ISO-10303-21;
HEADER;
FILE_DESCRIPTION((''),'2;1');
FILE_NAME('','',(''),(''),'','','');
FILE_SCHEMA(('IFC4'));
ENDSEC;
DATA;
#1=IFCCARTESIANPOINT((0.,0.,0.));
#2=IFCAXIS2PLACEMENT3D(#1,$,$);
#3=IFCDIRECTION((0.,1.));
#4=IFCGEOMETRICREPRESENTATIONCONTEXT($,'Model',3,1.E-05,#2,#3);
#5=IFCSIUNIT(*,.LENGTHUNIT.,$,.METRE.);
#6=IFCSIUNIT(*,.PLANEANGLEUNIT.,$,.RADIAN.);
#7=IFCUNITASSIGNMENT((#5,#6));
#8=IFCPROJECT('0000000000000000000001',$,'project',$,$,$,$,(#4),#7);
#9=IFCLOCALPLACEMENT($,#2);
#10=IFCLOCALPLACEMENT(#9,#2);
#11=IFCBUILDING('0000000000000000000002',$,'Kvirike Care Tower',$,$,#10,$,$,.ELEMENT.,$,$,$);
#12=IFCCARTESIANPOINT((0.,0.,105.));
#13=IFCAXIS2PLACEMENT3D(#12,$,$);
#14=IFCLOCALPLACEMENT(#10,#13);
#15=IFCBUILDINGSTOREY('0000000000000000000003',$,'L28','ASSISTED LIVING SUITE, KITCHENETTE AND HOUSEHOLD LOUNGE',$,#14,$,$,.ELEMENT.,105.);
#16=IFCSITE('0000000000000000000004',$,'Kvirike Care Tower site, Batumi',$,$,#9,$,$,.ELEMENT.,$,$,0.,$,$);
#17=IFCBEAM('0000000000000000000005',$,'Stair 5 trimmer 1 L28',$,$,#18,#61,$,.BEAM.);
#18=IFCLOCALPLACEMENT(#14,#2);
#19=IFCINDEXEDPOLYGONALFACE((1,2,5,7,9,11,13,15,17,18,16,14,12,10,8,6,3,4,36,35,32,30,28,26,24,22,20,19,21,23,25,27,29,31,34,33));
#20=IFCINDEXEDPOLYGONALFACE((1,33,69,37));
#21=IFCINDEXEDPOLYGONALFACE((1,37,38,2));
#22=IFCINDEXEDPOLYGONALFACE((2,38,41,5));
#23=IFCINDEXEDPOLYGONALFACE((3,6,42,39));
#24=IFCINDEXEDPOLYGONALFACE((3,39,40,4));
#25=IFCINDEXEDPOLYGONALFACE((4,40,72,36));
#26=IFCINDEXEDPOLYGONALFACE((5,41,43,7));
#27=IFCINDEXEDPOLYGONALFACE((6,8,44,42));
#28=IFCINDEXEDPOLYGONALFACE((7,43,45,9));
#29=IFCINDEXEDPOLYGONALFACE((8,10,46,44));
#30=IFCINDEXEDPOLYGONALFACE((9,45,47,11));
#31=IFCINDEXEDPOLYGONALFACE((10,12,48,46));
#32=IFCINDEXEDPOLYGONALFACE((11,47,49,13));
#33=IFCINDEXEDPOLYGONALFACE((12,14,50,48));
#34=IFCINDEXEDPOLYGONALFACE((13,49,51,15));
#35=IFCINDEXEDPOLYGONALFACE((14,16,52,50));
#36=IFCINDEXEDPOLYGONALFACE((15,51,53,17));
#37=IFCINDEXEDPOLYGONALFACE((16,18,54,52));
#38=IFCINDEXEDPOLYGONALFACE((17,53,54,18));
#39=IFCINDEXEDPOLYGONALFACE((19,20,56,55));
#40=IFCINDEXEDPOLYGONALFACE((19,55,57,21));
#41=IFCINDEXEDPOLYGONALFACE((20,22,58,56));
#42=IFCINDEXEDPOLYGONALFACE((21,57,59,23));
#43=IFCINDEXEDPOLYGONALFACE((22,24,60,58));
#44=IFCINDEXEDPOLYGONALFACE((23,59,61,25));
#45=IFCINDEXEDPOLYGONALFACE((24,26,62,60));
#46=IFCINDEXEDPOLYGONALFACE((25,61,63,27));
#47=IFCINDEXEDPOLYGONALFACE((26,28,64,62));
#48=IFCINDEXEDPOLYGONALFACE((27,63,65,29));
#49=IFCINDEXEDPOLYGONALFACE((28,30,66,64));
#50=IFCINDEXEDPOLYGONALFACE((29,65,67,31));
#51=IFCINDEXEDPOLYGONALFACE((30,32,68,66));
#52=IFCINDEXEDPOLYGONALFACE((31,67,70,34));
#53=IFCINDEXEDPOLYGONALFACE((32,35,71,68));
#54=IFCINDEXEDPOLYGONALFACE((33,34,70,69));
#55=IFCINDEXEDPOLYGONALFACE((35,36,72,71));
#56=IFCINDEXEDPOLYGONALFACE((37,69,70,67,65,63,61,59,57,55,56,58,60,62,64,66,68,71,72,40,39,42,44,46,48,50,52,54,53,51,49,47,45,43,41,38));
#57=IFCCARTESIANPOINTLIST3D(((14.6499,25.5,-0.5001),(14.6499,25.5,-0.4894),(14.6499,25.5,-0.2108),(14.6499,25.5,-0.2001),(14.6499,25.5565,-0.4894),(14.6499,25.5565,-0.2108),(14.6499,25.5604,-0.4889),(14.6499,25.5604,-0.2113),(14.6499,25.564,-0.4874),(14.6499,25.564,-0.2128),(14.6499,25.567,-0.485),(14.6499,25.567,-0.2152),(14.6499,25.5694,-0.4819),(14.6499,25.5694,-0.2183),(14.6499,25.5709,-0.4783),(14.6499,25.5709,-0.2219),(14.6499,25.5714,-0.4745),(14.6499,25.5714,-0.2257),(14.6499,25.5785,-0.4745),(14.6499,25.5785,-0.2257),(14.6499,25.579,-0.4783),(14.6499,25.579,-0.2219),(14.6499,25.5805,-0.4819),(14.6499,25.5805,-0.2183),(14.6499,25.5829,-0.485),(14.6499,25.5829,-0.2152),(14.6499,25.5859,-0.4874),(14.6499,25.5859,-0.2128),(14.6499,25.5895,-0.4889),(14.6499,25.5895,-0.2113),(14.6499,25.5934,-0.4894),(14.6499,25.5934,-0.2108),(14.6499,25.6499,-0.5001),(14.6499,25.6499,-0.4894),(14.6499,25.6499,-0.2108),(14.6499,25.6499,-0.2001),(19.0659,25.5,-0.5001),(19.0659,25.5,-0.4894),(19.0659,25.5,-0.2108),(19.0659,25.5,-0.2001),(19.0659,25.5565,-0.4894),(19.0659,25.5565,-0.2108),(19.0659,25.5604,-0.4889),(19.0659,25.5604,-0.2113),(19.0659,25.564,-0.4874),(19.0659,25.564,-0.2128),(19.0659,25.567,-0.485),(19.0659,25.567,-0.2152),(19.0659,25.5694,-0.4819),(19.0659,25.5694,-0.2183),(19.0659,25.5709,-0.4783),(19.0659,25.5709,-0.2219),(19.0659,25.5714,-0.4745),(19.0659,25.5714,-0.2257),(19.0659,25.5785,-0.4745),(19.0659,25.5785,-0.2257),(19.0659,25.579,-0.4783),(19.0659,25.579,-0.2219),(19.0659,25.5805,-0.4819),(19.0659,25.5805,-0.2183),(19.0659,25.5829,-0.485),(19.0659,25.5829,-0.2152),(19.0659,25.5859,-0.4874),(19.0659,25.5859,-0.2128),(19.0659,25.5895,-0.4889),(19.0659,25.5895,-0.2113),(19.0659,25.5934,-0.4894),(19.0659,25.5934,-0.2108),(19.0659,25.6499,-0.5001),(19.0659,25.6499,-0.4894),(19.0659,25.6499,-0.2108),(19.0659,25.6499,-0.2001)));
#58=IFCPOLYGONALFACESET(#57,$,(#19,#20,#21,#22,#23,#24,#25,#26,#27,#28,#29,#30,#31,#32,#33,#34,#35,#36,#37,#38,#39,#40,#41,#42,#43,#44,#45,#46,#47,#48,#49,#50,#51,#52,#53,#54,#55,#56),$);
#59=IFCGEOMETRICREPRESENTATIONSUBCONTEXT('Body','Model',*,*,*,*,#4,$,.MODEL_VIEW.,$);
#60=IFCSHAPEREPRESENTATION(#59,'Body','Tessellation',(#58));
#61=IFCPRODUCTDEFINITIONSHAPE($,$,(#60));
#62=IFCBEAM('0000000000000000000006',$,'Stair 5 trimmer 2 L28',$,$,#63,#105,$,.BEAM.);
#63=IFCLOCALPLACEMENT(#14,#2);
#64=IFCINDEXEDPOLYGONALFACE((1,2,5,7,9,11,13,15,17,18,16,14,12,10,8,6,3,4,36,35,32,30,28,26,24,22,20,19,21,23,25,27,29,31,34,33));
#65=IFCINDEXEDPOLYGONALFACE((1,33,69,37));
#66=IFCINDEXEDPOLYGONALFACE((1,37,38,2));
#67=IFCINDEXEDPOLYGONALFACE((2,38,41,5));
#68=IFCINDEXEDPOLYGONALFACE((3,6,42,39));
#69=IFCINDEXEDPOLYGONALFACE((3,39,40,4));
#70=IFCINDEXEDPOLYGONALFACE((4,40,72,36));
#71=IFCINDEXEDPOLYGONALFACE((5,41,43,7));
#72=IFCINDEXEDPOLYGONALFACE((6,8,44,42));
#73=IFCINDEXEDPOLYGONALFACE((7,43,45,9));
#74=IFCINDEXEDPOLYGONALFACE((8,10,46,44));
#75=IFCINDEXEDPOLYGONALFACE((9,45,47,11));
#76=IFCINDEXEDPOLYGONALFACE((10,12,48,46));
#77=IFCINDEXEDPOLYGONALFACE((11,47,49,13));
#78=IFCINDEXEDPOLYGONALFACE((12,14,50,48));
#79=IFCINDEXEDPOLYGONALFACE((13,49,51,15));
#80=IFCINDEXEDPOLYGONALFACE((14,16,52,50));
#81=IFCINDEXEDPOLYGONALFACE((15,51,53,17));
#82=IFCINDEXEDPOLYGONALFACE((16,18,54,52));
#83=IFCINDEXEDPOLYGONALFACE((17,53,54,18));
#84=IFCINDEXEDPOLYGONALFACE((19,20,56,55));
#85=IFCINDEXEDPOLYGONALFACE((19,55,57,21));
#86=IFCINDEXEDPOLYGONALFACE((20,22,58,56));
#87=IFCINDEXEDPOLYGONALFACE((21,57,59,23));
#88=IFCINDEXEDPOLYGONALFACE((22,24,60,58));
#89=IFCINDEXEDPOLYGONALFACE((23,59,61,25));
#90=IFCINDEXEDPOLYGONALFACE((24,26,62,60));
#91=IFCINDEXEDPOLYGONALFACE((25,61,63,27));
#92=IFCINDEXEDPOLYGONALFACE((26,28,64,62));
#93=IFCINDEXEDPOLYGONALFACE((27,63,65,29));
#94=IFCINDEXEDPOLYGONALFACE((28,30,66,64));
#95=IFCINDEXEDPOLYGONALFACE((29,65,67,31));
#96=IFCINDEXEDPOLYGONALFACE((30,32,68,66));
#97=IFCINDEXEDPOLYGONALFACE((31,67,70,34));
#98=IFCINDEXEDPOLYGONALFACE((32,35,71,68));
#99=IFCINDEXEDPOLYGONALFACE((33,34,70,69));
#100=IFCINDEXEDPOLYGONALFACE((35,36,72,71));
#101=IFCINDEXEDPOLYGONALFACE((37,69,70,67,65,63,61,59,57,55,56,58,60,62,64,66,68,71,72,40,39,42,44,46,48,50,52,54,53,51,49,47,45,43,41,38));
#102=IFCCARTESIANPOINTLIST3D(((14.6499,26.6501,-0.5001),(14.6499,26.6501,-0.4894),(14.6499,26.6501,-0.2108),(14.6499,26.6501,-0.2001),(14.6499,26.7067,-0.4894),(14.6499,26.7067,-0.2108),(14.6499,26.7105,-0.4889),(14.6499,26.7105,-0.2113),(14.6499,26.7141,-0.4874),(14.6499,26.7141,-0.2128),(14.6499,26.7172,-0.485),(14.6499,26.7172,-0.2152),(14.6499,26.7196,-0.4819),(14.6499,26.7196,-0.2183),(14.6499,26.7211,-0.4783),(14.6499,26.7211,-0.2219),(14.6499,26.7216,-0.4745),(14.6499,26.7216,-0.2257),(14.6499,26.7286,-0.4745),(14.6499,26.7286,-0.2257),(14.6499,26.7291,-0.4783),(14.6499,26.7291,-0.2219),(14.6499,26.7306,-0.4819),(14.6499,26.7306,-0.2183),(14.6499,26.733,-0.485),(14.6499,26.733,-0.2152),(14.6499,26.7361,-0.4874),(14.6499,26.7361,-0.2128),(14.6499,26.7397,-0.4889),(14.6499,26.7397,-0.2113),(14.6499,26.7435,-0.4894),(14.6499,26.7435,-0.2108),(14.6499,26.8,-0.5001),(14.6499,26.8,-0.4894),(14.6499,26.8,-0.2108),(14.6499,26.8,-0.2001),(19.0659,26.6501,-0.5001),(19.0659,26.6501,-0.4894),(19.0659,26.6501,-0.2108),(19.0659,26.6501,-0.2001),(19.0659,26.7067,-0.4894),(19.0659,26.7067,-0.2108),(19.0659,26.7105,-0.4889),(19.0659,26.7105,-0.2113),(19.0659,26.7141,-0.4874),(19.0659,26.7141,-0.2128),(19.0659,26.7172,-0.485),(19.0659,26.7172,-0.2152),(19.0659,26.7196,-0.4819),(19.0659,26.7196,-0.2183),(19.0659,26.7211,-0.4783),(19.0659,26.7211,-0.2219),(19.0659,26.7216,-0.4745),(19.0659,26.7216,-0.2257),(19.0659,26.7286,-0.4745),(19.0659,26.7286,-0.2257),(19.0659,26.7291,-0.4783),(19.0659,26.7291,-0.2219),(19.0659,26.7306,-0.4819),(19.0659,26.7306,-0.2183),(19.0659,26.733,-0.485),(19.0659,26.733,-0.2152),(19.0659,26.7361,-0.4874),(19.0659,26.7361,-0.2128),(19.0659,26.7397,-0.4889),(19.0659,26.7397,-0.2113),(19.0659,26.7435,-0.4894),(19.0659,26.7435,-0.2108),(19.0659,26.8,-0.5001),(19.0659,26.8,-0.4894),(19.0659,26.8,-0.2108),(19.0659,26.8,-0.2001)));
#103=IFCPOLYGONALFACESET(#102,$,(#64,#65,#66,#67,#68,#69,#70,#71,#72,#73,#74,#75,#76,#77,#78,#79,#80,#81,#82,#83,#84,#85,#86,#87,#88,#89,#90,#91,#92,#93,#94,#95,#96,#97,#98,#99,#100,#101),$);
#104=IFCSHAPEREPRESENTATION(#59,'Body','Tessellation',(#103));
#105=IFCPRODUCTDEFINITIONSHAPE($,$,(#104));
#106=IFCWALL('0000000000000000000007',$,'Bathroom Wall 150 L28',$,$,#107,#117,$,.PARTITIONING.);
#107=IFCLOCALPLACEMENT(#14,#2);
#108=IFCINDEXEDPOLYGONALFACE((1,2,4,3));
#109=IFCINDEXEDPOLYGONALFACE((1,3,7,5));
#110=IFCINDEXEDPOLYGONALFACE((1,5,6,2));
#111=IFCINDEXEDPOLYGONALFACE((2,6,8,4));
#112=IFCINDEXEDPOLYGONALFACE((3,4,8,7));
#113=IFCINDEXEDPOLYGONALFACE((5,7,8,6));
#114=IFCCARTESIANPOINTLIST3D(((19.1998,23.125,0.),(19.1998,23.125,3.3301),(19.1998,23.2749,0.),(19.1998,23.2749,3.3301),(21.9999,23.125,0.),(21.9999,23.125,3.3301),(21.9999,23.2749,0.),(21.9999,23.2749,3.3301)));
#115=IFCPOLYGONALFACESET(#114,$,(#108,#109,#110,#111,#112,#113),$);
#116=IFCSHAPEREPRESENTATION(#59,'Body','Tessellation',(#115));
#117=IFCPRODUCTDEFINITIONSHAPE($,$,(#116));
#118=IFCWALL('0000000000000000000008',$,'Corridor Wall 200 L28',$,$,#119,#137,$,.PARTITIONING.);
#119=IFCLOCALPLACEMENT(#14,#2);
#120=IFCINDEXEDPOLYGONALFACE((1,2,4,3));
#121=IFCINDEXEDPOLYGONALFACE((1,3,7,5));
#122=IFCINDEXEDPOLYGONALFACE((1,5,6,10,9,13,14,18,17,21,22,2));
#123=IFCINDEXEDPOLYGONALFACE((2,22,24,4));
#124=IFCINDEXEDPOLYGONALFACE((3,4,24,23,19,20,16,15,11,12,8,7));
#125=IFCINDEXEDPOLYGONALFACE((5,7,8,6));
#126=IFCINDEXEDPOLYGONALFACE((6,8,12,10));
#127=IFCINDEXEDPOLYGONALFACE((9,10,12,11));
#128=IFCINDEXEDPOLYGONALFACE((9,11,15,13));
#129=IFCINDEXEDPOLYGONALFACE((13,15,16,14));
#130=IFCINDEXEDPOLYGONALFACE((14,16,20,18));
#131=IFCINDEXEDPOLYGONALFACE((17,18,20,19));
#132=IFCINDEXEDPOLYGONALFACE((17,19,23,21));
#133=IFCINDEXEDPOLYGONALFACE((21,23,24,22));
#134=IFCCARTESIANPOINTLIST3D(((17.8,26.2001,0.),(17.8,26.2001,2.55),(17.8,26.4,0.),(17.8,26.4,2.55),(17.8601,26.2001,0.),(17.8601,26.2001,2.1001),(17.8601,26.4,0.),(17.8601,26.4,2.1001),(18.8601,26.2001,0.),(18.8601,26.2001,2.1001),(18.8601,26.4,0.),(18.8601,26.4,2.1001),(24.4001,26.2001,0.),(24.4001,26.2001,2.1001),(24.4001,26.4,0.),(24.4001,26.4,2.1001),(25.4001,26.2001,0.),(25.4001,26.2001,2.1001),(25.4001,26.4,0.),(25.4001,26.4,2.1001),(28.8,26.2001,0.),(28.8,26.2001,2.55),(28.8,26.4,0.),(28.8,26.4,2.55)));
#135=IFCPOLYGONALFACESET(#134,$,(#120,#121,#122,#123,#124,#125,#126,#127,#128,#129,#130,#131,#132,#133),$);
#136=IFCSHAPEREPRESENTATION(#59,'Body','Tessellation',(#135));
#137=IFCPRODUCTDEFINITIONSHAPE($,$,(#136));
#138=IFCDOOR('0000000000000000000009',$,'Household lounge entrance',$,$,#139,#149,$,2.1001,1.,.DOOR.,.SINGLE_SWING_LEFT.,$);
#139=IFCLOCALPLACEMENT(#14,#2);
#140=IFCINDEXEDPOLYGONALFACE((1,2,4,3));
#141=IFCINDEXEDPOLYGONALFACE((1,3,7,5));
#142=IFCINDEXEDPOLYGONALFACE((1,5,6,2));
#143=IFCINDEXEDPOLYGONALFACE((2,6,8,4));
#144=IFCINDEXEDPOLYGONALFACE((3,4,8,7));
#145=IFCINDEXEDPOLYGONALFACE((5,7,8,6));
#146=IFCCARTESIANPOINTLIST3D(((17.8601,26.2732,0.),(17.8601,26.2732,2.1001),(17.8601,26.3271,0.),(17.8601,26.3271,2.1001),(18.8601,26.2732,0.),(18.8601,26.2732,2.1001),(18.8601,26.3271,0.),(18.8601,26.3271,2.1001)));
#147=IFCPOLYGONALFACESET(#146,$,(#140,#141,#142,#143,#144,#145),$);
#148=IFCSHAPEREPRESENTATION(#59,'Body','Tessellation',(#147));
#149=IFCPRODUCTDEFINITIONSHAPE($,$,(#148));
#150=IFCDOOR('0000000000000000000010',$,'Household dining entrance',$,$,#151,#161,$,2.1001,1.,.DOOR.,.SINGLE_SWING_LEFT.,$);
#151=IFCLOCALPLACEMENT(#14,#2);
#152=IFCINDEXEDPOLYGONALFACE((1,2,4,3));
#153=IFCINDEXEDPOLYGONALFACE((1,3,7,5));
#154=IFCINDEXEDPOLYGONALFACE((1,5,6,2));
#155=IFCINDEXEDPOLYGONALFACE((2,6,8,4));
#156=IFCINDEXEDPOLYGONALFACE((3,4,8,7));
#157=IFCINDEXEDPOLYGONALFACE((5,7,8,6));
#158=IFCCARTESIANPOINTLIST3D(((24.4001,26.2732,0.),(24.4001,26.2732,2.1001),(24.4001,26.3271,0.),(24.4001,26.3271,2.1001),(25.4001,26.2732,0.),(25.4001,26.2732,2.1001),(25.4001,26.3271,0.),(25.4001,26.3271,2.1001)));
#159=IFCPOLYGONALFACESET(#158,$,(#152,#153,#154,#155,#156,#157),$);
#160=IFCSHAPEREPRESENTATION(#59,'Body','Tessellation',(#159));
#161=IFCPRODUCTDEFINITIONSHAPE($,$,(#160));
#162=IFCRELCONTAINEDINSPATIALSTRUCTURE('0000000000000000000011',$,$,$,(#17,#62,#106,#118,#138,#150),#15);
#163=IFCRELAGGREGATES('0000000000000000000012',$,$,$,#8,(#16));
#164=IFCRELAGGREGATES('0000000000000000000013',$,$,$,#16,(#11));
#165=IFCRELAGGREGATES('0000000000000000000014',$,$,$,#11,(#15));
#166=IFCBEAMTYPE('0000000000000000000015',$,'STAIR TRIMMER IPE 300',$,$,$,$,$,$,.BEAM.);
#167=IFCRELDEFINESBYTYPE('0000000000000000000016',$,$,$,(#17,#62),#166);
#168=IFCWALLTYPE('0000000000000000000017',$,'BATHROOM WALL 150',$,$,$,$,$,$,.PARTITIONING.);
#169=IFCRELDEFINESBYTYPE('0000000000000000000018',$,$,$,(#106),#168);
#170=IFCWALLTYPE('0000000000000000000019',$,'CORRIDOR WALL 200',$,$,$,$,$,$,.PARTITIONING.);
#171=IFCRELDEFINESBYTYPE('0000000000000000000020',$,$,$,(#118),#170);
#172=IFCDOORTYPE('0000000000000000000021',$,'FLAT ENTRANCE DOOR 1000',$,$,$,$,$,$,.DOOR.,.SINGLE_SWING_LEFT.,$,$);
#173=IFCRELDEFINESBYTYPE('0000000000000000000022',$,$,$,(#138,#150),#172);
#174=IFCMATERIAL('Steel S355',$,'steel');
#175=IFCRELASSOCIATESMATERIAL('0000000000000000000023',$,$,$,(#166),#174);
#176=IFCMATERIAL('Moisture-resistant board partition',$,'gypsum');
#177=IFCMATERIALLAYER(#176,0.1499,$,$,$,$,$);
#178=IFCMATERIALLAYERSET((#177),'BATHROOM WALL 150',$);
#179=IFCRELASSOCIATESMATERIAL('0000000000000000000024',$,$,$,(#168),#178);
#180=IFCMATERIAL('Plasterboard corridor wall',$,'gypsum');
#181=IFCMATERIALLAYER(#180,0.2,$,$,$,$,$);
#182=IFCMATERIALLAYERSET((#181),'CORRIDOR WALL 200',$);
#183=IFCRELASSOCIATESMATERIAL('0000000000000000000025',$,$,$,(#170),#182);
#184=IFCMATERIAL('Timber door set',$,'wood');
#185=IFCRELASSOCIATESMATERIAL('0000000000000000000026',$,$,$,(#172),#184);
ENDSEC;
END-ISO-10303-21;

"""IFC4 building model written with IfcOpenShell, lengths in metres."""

from ifc_helpers import new_model, si_unit, direction, frame, frame_2d, origin, origin_2d, place, context, subcontext, project, spatial, rectangle, i_section, extrude, material, layer, layer_set, material_profile, profile_set, type_object, element, fill, save


model = new_model("IFC4")

# Units and contexts
model_context = context("Model", 3, precision=1e-05, world=origin(), true_north=direction((0.0, 1.0)))
body_context = subcontext(model_context, "Body", "Model", "MODEL_VIEW")
ifc_project = project(units=[si_unit("LENGTHUNIT", "METRE"), si_unit("PLANEANGLEUNIT", "RADIAN")], contexts=[model_context])

# Site, building, storey
site_placement = place(None, origin())
site = spatial("IfcSite", under=ifc_project, at=site_placement, Name="Kvirike Care Tower site, Batumi", CompositionType="ELEMENT", RefElevation=0.0)
building_placement = place(site_placement, origin())
building = spatial("IfcBuilding", under=site, at=building_placement, Name="Kvirike Care Tower", CompositionType="ELEMENT")
storey_placement = place(building_placement, frame((0.0, 0.0, 105.0)))
storey = spatial("IfcBuildingStorey", under=building, at=storey_placement, Name="L28", Description="ASSISTED LIVING SUITE, KITCHENETTE AND HOUSEHOLD LOUNGE", CompositionType="ELEMENT", Elevation=105.0)

# Beams
ifc_material_1 = material(Name="Steel S355", Category="steel")
ifc_material_profile_1 = material_profile(ifc_material_1, i_section(OverallWidth=0.1499, OverallDepth=0.3, WebThickness=0.0071, FlangeThickness=0.0107, FilletRadius=0.0149, at=origin_2d()), Name="IPE 300")
ifc_profile_set_1 = profile_set([ifc_material_profile_1], Name="Steel S355")
beam_type_1 = type_object("IfcBeamType", Name="STAIR TRIMMER IPE 300", PredefinedType="BEAM", material=ifc_profile_set_1)
for number, where, z_axis, x_axis, name in (
    (1, (14.6499, 25.575, -0.3501), (1.0, 0.0, 0.0), (0.0, 1.0, 0.0), "Stair 5 trimmer 1 L28"),
    (2, (14.6499, 26.7251, -0.3501), (1.0, 0.0, 0.0), (0.0, 1.0, 0.0), "Stair 5 trimmer 2 L28"),
):
    element("IfcBeam", number, at=place(storey_placement, frame(where, z_axis=z_axis, x_axis=x_axis)), inside=storey, type_object=beam_type_1, Name=name, PredefinedType="BEAM", context=body_context, shape_type="SweptSolid", body=[
        extrude(i_section(OverallWidth=0.1499, OverallDepth=0.3, WebThickness=0.0071, FlangeThickness=0.0107, FilletRadius=0.0149, at=origin_2d()), origin(), (0.0, 0.0, 1.0), 4.416),
    ])

# Wall
ifc_material_2 = material(Name="Moisture-resistant board partition", Category="gypsum")
ifc_layer_1 = layer(ifc_material_2, 0.1499)
ifc_layer_set_1 = layer_set([ifc_layer_1], Name="BATHROOM WALL 150")
wall_type_1 = type_object("IfcWallType", Name="BATHROOM WALL 150", PredefinedType="PARTITIONING", material=ifc_layer_set_1)
wall_1_placement = place(storey_placement, frame((19.2, 23.2, 0.0), z_axis=(0.0, 0.0, 1.0), x_axis=(1.0, 0.0, 0.0)))
element("IfcWall", 3, at=wall_1_placement, inside=storey, type_object=wall_type_1, Name="Bathroom Wall 150 L28", PredefinedType="PARTITIONING", context=body_context, shape_type="SweptSolid", body=[
    extrude(rectangle(XDim=2.8, YDim=0.1499, at=frame_2d((1.3999, 0.0))), origin(), (0.0, 0.0, 1.0), 3.3301),
])

# Wall, openings, doors
ifc_material_3 = material(Name="Plasterboard corridor wall", Category="gypsum")
ifc_layer_2 = layer(ifc_material_3, 0.2)
ifc_layer_set_2 = layer_set([ifc_layer_2], Name="CORRIDOR WALL 200")
wall_type_2 = type_object("IfcWallType", Name="CORRIDOR WALL 200", PredefinedType="PARTITIONING", material=ifc_layer_set_2)
wall_2_placement = place(storey_placement, frame((17.8, 26.3, 0.0), z_axis=(0.0, 0.0, 1.0), x_axis=(1.0, 0.0, 0.0)))
wall_2 = element("IfcWall", 4, at=wall_2_placement, inside=storey, type_object=wall_type_2, Name="Corridor Wall 200 L28", PredefinedType="PARTITIONING", context=body_context, shape_type="SweptSolid", body=[
    extrude(rectangle(XDim=11.0, YDim=0.2, at=frame_2d((5.5, 0.0))), origin(), (0.0, 0.0, 1.0), 2.55),
])
opening_1_placement = place(wall_2_placement, frame((0.0601, 0.0, 0.0)))
opening_1 = element("IfcOpeningElement", 5, at=opening_1_placement, cuts=wall_2, PredefinedType="OPENING", context=body_context, shape_type="SweptSolid", body=[
    extrude(rectangle(XDim=1.0, YDim=2.1001, at=frame_2d((0.5, 1.05))), frame((0.0, 0.1106, 0.0), z_axis=(0.0, -1.0, 0.0), x_axis=(1.0, 0.0, 0.0)), (0.0, 0.0, 1.0), 0.2209),
])
opening_2_placement = place(wall_2_placement, frame((6.6001, 0.0, 0.0)))
opening_2 = element("IfcOpeningElement", 6, at=opening_2_placement, cuts=wall_2, PredefinedType="OPENING", context=body_context, shape_type="SweptSolid", body=[
    extrude(rectangle(XDim=1.0, YDim=2.1001, at=frame_2d((0.5, 1.05))), frame((0.0, 0.1106, 0.0), z_axis=(0.0, -1.0, 0.0), x_axis=(1.0, 0.0, 0.0)), (0.0, 0.0, 1.0), 0.2209),
])
ifc_material_4 = material(Name="Timber door set", Category="wood")
door_type_1 = type_object("IfcDoorType", Name="FLAT ENTRANCE DOOR 1000", OperationType="SINGLE_SWING_LEFT", PredefinedType="DOOR", material=ifc_material_4)
door_1_placement = place(opening_1_placement, frame((1.0, 0.0, 0.0), z_axis=(0.0, 0.0, 1.0), x_axis=(-1.0, 0.0, 0.0)))
door_1 = element("IfcDoor", 7, at=door_1_placement, inside=storey, type_object=door_type_1, Name="Household lounge entrance", OperationType="SINGLE_SWING_LEFT", OverallHeight=2.1001, OverallWidth=1.0, PredefinedType="DOOR", context=body_context, shape_type="SweptSolid", body=[
    extrude(rectangle(XDim=1.0, YDim=2.1001, at=frame_2d((0.5, 1.05))), frame((0.0, 0.0269, 0.0), z_axis=(0.0, -1.0, 0.0), x_axis=(1.0, 0.0, 0.0)), (0.0, 0.0, 1.0), 0.054),
])
fill(opening_1, door_1)
door_2_placement = place(opening_2_placement, frame((1.0, 0.0, 0.0), z_axis=(0.0, 0.0, 1.0), x_axis=(-1.0, 0.0, 0.0)))
door_2 = element("IfcDoor", 8, at=door_2_placement, inside=storey, type_object=door_type_1, Name="Household dining entrance", OperationType="SINGLE_SWING_LEFT", OverallHeight=2.1001, OverallWidth=1.0, PredefinedType="DOOR", context=body_context, shape_type="SweptSolid", body=[
    extrude(rectangle(XDim=1.0, YDim=2.1001, at=frame_2d((0.5, 1.05))), frame((0.0, 0.0269, 0.0), z_axis=(0.0, -1.0, 0.0), x_axis=(1.0, 0.0, 0.0)), (0.0, 0.0, 1.0), 0.054),
])
fill(opening_2, door_2)

save(model, "model.ifc")
